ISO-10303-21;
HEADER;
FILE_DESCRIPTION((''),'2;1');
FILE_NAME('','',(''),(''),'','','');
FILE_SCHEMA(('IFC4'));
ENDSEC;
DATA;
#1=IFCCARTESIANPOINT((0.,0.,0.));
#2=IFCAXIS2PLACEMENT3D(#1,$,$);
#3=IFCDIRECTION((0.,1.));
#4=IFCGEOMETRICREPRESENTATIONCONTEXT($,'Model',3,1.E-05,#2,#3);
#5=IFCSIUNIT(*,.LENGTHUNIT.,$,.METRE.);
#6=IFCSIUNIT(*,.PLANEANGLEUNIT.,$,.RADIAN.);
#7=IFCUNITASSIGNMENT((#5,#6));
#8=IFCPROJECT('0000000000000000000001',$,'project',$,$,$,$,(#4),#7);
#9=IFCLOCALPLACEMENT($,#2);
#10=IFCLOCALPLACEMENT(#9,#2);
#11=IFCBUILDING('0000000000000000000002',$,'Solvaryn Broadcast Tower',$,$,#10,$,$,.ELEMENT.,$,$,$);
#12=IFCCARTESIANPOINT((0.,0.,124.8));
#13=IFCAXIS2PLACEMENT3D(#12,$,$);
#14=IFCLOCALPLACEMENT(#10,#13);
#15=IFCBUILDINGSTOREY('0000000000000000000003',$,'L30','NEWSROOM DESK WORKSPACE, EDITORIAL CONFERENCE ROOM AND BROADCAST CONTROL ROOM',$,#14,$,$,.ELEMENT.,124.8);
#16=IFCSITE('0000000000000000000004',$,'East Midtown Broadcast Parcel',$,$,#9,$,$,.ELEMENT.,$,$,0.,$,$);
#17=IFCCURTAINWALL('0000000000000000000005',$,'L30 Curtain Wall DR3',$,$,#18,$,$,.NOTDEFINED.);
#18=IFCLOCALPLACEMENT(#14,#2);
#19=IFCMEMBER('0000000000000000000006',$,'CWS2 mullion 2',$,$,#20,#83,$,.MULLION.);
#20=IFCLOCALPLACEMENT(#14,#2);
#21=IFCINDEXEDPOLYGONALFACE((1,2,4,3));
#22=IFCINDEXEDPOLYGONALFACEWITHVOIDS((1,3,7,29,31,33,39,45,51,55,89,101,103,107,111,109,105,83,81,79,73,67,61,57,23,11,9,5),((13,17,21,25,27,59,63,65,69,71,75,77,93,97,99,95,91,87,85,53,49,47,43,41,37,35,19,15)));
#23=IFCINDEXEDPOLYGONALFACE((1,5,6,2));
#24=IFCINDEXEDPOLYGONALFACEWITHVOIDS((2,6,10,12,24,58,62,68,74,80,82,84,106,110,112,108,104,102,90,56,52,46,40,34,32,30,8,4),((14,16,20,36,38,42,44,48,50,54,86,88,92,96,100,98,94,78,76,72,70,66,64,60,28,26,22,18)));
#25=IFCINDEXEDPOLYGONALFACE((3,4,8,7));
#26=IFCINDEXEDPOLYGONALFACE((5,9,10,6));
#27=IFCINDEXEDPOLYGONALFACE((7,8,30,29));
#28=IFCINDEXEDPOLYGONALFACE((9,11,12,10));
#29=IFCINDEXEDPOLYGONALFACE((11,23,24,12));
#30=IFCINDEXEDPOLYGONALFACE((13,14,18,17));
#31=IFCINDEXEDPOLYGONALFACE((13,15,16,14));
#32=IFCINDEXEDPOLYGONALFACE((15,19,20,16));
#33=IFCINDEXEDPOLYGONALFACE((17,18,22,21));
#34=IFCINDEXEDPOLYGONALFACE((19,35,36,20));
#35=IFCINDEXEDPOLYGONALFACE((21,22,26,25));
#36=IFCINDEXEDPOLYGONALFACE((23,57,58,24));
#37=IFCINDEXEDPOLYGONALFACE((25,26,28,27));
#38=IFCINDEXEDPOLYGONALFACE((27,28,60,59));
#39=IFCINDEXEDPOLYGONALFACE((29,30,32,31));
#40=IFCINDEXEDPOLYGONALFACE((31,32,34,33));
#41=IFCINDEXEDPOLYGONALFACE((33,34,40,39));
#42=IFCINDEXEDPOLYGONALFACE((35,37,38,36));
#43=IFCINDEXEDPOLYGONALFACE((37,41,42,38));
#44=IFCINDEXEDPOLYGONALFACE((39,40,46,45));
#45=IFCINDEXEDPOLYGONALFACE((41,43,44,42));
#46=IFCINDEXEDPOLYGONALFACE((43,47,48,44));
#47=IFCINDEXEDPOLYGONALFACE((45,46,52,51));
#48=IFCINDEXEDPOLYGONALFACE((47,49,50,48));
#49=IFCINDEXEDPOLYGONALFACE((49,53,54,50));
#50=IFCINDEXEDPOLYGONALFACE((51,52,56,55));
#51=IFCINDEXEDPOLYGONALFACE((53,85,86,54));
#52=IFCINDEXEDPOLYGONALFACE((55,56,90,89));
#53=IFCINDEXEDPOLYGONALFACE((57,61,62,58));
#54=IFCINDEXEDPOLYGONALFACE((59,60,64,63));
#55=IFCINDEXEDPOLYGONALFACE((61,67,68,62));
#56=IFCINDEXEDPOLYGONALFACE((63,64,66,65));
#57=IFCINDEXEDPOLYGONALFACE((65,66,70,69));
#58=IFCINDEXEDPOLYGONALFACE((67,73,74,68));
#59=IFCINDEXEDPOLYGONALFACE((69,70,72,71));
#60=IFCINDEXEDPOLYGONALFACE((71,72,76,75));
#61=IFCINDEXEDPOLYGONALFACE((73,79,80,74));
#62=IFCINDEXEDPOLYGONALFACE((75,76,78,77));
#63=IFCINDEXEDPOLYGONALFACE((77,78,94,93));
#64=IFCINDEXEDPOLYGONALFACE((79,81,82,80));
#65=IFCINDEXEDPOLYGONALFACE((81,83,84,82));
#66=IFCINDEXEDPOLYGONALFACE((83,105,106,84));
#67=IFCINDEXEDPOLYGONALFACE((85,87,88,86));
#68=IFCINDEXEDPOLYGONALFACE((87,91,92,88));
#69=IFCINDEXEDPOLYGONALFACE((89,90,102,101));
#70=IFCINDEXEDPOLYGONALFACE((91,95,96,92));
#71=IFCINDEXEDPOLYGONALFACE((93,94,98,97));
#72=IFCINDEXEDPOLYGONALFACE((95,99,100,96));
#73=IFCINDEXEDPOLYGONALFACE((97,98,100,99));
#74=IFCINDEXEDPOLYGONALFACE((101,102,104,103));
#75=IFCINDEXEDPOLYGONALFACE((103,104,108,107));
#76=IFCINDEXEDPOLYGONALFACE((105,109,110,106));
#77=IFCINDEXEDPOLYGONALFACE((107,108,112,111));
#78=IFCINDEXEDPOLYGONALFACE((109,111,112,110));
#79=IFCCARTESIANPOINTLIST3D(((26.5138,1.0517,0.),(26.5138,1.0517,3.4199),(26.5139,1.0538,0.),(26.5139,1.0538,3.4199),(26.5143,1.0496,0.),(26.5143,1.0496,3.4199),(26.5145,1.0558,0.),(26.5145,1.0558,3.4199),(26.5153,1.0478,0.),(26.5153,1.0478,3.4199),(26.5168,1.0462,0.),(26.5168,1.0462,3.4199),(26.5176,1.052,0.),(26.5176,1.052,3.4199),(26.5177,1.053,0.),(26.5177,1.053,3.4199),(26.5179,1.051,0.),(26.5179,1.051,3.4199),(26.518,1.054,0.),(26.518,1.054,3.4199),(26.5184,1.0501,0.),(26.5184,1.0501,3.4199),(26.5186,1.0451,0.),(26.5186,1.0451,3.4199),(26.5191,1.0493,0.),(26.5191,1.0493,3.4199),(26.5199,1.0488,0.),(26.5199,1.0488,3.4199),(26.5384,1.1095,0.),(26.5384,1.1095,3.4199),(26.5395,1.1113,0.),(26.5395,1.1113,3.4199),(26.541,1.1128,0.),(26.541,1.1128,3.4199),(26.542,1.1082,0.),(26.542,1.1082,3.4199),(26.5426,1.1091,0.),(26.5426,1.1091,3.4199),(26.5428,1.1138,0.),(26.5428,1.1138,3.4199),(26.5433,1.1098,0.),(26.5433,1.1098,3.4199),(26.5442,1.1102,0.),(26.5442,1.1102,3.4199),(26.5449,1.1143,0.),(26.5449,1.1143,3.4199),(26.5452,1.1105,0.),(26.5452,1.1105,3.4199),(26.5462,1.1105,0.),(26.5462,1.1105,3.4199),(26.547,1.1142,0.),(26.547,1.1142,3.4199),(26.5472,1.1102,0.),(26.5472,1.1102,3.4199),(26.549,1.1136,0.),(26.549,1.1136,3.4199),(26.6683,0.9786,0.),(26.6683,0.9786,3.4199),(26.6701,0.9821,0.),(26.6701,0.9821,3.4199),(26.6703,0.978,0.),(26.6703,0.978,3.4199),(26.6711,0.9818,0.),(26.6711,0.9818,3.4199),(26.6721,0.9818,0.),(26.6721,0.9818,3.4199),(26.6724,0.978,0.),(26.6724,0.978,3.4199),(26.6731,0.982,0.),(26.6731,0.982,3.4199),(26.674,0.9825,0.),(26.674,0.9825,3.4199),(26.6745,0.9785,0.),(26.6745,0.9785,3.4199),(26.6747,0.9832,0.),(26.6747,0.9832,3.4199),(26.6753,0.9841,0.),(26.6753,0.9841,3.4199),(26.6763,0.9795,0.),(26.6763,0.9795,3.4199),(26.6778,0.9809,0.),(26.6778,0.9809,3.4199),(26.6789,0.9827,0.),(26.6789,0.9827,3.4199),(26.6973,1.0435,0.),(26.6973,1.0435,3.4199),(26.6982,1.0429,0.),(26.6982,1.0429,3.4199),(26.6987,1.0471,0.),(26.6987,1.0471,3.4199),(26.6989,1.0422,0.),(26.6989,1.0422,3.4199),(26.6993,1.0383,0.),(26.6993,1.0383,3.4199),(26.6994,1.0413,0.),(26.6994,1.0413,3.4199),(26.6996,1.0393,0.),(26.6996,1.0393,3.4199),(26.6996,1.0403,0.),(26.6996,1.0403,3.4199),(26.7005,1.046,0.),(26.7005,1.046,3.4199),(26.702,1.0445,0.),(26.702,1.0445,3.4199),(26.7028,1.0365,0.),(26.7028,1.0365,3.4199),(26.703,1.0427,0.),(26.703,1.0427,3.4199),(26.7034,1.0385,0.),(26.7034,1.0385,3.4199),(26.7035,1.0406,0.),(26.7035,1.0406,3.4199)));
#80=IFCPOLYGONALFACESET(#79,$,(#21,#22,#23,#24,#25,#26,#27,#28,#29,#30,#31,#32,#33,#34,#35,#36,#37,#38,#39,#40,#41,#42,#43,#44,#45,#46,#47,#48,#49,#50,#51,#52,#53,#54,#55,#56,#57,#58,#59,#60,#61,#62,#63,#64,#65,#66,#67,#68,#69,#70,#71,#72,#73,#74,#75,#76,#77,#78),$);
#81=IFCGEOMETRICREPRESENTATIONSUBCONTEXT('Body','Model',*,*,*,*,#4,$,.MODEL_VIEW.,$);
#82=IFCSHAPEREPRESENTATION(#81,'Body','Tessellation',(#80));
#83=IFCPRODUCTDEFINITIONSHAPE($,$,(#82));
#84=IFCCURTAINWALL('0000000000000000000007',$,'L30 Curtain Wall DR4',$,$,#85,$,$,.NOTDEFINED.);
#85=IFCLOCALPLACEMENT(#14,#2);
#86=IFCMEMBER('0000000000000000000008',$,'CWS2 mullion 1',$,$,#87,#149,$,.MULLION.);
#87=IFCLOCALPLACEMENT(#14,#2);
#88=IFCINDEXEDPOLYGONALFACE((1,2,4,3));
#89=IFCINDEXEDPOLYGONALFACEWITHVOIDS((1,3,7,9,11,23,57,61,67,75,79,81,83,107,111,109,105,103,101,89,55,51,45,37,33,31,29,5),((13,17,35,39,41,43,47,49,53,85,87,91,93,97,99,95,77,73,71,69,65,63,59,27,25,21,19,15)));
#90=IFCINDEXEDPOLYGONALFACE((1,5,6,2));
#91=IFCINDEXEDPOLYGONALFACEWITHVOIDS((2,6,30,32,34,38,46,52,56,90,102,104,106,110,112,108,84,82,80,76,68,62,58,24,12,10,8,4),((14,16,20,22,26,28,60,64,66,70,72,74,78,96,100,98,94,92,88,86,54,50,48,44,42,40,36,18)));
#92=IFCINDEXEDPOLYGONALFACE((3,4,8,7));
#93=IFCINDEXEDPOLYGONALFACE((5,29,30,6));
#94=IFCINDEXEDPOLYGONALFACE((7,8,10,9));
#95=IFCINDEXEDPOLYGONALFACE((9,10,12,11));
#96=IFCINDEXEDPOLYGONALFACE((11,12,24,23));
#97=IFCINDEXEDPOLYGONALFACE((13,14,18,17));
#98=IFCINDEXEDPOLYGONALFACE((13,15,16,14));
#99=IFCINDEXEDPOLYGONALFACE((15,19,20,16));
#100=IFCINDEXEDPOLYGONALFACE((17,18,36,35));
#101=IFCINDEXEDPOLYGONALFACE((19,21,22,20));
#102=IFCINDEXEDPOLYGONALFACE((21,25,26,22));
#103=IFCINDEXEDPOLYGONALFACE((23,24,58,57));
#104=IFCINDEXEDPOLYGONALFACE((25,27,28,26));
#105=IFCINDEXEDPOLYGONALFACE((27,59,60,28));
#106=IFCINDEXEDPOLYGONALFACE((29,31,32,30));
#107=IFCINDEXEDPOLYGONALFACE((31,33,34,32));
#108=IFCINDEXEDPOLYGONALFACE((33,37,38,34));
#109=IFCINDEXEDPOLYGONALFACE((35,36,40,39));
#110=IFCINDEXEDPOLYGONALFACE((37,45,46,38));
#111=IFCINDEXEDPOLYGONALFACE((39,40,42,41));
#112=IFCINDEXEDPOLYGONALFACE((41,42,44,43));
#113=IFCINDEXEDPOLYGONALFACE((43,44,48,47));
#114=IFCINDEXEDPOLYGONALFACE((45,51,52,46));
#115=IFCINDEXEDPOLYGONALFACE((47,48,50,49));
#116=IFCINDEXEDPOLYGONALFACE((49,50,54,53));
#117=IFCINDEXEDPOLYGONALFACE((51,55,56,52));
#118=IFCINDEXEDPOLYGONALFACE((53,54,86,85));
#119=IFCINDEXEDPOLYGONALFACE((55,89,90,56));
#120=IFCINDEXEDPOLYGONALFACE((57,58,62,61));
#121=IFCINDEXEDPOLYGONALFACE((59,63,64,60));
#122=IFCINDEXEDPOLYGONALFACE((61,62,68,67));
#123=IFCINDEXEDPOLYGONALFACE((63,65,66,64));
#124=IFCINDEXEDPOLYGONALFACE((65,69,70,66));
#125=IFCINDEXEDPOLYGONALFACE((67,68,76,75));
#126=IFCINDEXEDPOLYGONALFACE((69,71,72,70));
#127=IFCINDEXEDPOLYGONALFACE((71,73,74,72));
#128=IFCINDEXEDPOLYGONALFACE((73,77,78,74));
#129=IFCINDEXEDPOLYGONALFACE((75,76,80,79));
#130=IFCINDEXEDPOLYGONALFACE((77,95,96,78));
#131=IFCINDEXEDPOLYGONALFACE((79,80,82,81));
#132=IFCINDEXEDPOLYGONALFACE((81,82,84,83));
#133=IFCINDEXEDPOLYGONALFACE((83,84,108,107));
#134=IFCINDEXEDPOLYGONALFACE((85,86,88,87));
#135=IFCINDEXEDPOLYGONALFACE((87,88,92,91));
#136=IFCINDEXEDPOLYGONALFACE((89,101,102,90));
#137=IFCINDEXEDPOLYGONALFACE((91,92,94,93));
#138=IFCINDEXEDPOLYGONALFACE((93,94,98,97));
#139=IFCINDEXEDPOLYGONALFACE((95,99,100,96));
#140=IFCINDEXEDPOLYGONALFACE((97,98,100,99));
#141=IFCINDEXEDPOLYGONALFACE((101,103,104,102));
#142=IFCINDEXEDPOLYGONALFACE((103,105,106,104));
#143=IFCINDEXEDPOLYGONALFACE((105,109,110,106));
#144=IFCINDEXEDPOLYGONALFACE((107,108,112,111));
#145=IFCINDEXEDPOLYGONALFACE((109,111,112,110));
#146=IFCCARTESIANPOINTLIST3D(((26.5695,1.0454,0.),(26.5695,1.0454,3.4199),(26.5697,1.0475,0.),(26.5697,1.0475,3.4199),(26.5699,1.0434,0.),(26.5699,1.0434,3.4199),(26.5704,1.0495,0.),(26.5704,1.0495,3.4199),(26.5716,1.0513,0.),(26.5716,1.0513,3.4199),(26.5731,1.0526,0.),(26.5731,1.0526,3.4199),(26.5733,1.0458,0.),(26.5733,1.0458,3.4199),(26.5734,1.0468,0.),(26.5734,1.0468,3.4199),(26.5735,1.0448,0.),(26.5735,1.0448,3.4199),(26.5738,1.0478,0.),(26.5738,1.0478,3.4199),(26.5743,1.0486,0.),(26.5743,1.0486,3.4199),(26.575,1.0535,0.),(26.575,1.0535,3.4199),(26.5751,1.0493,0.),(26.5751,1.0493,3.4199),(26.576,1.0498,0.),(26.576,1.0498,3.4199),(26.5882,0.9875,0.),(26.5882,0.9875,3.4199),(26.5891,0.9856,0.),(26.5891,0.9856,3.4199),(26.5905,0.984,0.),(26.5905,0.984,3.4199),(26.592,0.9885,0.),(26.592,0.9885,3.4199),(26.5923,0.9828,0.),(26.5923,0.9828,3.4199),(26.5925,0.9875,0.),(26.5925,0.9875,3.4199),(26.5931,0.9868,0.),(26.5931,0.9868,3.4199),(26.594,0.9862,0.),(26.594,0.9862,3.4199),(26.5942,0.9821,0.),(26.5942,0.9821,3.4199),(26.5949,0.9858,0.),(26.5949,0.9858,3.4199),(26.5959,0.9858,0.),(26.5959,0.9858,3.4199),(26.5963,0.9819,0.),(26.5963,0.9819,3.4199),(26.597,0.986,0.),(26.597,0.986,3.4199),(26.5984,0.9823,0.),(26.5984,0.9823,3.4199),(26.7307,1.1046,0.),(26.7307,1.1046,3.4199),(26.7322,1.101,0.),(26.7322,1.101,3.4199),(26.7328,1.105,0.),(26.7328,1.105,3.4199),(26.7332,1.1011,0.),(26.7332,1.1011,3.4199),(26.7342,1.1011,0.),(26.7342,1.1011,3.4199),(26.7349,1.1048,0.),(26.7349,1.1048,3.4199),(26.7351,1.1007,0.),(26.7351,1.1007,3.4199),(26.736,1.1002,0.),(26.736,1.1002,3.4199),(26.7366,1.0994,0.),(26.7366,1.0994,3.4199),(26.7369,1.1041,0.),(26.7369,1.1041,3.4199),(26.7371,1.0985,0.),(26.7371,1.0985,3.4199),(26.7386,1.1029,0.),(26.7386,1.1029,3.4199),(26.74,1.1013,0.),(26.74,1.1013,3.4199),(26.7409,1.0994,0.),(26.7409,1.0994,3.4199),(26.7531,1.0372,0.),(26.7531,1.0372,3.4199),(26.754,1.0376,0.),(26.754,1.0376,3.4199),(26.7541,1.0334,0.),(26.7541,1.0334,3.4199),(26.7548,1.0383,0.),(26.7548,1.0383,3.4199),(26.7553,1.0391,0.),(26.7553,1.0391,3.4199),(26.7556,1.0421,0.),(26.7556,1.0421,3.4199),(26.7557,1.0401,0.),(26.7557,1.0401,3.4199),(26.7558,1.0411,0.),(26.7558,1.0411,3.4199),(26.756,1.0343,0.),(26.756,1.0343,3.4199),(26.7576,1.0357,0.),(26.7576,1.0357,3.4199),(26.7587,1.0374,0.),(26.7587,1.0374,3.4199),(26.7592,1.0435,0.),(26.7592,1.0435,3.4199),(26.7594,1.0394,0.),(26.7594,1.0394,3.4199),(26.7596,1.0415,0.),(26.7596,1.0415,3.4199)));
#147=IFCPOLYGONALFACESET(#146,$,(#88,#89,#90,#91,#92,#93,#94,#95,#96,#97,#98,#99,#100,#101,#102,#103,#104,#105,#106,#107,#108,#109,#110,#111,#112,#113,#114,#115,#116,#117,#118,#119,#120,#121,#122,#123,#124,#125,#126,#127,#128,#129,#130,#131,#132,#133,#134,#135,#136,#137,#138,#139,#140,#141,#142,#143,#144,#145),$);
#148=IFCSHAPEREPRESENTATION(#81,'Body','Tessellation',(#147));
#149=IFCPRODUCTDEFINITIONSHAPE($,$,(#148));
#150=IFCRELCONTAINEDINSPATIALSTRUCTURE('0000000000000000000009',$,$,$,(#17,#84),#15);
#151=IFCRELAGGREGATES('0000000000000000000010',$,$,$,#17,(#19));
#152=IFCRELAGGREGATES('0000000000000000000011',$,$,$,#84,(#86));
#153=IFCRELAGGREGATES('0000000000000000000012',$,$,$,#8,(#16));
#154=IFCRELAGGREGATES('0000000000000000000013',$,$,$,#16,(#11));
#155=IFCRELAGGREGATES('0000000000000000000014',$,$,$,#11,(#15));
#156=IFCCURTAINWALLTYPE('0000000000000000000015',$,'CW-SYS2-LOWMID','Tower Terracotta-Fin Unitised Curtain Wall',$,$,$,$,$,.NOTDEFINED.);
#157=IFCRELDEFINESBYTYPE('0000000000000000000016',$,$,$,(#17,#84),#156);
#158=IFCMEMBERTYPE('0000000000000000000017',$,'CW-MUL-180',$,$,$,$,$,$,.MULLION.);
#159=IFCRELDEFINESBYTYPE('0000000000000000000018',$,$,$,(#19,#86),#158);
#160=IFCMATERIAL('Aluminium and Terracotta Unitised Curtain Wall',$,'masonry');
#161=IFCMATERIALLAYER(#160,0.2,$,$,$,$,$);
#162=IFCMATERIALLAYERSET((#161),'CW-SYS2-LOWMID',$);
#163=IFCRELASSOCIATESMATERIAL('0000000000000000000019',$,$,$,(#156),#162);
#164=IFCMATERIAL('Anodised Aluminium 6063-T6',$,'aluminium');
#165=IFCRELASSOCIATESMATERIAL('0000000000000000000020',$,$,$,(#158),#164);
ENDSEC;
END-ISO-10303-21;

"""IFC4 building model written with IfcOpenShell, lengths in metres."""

from ifc_helpers import new_model, si_unit, direction, frame, origin, origin_2d, place, context, subcontext, project, spatial, hollow_rectangle, extrude, material, layer, layer_set, material_profile, profile_set, type_object, element, aggregate, save


model = new_model("IFC4")

# Units and contexts
model_context = context("Model", 3, precision=1e-05, world=origin(), true_north=direction((0.0, 1.0)))
body_context = subcontext(model_context, "Body", "Model", "MODEL_VIEW")
ifc_project = project(units=[si_unit("LENGTHUNIT", "METRE"), si_unit("PLANEANGLEUNIT", "RADIAN")], contexts=[model_context])

# Site, building, storey
site_placement = place(None, origin())
site = spatial("IfcSite", under=ifc_project, at=site_placement, Name="East Midtown Broadcast Parcel", CompositionType="ELEMENT", RefElevation=0.0)
building_placement = place(site_placement, origin())
building = spatial("IfcBuilding", under=site, at=building_placement, Name="Solvaryn Broadcast Tower", CompositionType="ELEMENT")
storey_placement = place(building_placement, frame((0.0, 0.0, 124.8)))
storey = spatial("IfcBuildingStorey", under=building, at=storey_placement, Name="L30", Description="NEWSROOM DESK WORKSPACE, EDITORIAL CONFERENCE ROOM AND BROADCAST CONTROL ROOM", CompositionType="ELEMENT", Elevation=124.8)

# Curtain wall, member
ifc_material_1 = material(Name="Aluminium and Terracotta Unitised Curtain Wall", Category="masonry")
ifc_layer_1 = layer(ifc_material_1, 0.2)
ifc_layer_set_1 = layer_set([ifc_layer_1], Name="CW-SYS2-LOWMID")
curtain_wall_type = type_object("IfcCurtainWallType", Name="CW-SYS2-LOWMID", Description="Tower Terracotta-Fin Unitised Curtain Wall", PredefinedType="NOTDEFINED", material=ifc_layer_set_1)
curtain_wall_1_placement = place(storey_placement, origin())
curtain_wall_1 = element("IfcCurtainWall", 1, at=curtain_wall_1_placement, inside=storey, type_object=curtain_wall_type, Name="L30 Curtain Wall DR3", PredefinedType="NOTDEFINED")
ifc_material_2 = material(Name="Anodised Aluminium 6063-T6", Category="aluminium")
ifc_material_profile_1 = material_profile(ifc_material_2, hollow_rectangle(XDim=0.075, YDim=0.1799, WallThickness=0.0039, InnerFilletRadius=0.0039, OuterFilletRadius=0.0081, at=origin_2d()))
ifc_profile_set_1 = profile_set([ifc_material_profile_1], Name="Anodised Aluminium 6063-T6")
member_type_1 = type_object("IfcMemberType", Name="CW-MUL-180", PredefinedType="MULLION", material=ifc_profile_set_1)
member_1_placement = place(storey_placement, frame((26.6086, 1.0461, 0.0), z_axis=(0.0, 0.0, 1.0), x_axis=(0.405918, 0.913909, 0.0)))
member_1 = element("IfcMember", 2, at=member_1_placement, type_object=member_type_1, Name="CWS2 mullion 2", PredefinedType="MULLION", context=body_context, shape_type="SweptSolid", body=[
    extrude(hollow_rectangle(XDim=0.075, YDim=0.1799, WallThickness=0.0039, InnerFilletRadius=0.0039, OuterFilletRadius=0.0081, at=origin_2d()), origin(), (0.0, 0.0, 1.0), 3.4199),
])
aggregate(curtain_wall_1, [member_1])

# Curtain wall, member
curtain_wall_2_placement = place(storey_placement, origin())
curtain_wall_2 = element("IfcCurtainWall", 3, at=curtain_wall_2_placement, inside=storey, type_object=curtain_wall_type, Name="L30 Curtain Wall DR4", PredefinedType="NOTDEFINED")
member_2_placement = place(storey_placement, frame((26.6646, 1.0435, 0.0), z_axis=(0.0, 0.0, 1.0), x_axis=(-0.311646, 0.950198, 0.0)))
member_2 = element("IfcMember", 4, at=member_2_placement, type_object=member_type_1, Name="CWS2 mullion 1", PredefinedType="MULLION", context=body_context, shape_type="SweptSolid", body=[
    extrude(hollow_rectangle(XDim=0.075, YDim=0.1799, WallThickness=0.0039, InnerFilletRadius=0.0039, OuterFilletRadius=0.0081, at=origin_2d()), origin(), (0.0, 0.0, 1.0), 3.4199),
])
aggregate(curtain_wall_2, [member_2])

save(model, "model.ifc")
